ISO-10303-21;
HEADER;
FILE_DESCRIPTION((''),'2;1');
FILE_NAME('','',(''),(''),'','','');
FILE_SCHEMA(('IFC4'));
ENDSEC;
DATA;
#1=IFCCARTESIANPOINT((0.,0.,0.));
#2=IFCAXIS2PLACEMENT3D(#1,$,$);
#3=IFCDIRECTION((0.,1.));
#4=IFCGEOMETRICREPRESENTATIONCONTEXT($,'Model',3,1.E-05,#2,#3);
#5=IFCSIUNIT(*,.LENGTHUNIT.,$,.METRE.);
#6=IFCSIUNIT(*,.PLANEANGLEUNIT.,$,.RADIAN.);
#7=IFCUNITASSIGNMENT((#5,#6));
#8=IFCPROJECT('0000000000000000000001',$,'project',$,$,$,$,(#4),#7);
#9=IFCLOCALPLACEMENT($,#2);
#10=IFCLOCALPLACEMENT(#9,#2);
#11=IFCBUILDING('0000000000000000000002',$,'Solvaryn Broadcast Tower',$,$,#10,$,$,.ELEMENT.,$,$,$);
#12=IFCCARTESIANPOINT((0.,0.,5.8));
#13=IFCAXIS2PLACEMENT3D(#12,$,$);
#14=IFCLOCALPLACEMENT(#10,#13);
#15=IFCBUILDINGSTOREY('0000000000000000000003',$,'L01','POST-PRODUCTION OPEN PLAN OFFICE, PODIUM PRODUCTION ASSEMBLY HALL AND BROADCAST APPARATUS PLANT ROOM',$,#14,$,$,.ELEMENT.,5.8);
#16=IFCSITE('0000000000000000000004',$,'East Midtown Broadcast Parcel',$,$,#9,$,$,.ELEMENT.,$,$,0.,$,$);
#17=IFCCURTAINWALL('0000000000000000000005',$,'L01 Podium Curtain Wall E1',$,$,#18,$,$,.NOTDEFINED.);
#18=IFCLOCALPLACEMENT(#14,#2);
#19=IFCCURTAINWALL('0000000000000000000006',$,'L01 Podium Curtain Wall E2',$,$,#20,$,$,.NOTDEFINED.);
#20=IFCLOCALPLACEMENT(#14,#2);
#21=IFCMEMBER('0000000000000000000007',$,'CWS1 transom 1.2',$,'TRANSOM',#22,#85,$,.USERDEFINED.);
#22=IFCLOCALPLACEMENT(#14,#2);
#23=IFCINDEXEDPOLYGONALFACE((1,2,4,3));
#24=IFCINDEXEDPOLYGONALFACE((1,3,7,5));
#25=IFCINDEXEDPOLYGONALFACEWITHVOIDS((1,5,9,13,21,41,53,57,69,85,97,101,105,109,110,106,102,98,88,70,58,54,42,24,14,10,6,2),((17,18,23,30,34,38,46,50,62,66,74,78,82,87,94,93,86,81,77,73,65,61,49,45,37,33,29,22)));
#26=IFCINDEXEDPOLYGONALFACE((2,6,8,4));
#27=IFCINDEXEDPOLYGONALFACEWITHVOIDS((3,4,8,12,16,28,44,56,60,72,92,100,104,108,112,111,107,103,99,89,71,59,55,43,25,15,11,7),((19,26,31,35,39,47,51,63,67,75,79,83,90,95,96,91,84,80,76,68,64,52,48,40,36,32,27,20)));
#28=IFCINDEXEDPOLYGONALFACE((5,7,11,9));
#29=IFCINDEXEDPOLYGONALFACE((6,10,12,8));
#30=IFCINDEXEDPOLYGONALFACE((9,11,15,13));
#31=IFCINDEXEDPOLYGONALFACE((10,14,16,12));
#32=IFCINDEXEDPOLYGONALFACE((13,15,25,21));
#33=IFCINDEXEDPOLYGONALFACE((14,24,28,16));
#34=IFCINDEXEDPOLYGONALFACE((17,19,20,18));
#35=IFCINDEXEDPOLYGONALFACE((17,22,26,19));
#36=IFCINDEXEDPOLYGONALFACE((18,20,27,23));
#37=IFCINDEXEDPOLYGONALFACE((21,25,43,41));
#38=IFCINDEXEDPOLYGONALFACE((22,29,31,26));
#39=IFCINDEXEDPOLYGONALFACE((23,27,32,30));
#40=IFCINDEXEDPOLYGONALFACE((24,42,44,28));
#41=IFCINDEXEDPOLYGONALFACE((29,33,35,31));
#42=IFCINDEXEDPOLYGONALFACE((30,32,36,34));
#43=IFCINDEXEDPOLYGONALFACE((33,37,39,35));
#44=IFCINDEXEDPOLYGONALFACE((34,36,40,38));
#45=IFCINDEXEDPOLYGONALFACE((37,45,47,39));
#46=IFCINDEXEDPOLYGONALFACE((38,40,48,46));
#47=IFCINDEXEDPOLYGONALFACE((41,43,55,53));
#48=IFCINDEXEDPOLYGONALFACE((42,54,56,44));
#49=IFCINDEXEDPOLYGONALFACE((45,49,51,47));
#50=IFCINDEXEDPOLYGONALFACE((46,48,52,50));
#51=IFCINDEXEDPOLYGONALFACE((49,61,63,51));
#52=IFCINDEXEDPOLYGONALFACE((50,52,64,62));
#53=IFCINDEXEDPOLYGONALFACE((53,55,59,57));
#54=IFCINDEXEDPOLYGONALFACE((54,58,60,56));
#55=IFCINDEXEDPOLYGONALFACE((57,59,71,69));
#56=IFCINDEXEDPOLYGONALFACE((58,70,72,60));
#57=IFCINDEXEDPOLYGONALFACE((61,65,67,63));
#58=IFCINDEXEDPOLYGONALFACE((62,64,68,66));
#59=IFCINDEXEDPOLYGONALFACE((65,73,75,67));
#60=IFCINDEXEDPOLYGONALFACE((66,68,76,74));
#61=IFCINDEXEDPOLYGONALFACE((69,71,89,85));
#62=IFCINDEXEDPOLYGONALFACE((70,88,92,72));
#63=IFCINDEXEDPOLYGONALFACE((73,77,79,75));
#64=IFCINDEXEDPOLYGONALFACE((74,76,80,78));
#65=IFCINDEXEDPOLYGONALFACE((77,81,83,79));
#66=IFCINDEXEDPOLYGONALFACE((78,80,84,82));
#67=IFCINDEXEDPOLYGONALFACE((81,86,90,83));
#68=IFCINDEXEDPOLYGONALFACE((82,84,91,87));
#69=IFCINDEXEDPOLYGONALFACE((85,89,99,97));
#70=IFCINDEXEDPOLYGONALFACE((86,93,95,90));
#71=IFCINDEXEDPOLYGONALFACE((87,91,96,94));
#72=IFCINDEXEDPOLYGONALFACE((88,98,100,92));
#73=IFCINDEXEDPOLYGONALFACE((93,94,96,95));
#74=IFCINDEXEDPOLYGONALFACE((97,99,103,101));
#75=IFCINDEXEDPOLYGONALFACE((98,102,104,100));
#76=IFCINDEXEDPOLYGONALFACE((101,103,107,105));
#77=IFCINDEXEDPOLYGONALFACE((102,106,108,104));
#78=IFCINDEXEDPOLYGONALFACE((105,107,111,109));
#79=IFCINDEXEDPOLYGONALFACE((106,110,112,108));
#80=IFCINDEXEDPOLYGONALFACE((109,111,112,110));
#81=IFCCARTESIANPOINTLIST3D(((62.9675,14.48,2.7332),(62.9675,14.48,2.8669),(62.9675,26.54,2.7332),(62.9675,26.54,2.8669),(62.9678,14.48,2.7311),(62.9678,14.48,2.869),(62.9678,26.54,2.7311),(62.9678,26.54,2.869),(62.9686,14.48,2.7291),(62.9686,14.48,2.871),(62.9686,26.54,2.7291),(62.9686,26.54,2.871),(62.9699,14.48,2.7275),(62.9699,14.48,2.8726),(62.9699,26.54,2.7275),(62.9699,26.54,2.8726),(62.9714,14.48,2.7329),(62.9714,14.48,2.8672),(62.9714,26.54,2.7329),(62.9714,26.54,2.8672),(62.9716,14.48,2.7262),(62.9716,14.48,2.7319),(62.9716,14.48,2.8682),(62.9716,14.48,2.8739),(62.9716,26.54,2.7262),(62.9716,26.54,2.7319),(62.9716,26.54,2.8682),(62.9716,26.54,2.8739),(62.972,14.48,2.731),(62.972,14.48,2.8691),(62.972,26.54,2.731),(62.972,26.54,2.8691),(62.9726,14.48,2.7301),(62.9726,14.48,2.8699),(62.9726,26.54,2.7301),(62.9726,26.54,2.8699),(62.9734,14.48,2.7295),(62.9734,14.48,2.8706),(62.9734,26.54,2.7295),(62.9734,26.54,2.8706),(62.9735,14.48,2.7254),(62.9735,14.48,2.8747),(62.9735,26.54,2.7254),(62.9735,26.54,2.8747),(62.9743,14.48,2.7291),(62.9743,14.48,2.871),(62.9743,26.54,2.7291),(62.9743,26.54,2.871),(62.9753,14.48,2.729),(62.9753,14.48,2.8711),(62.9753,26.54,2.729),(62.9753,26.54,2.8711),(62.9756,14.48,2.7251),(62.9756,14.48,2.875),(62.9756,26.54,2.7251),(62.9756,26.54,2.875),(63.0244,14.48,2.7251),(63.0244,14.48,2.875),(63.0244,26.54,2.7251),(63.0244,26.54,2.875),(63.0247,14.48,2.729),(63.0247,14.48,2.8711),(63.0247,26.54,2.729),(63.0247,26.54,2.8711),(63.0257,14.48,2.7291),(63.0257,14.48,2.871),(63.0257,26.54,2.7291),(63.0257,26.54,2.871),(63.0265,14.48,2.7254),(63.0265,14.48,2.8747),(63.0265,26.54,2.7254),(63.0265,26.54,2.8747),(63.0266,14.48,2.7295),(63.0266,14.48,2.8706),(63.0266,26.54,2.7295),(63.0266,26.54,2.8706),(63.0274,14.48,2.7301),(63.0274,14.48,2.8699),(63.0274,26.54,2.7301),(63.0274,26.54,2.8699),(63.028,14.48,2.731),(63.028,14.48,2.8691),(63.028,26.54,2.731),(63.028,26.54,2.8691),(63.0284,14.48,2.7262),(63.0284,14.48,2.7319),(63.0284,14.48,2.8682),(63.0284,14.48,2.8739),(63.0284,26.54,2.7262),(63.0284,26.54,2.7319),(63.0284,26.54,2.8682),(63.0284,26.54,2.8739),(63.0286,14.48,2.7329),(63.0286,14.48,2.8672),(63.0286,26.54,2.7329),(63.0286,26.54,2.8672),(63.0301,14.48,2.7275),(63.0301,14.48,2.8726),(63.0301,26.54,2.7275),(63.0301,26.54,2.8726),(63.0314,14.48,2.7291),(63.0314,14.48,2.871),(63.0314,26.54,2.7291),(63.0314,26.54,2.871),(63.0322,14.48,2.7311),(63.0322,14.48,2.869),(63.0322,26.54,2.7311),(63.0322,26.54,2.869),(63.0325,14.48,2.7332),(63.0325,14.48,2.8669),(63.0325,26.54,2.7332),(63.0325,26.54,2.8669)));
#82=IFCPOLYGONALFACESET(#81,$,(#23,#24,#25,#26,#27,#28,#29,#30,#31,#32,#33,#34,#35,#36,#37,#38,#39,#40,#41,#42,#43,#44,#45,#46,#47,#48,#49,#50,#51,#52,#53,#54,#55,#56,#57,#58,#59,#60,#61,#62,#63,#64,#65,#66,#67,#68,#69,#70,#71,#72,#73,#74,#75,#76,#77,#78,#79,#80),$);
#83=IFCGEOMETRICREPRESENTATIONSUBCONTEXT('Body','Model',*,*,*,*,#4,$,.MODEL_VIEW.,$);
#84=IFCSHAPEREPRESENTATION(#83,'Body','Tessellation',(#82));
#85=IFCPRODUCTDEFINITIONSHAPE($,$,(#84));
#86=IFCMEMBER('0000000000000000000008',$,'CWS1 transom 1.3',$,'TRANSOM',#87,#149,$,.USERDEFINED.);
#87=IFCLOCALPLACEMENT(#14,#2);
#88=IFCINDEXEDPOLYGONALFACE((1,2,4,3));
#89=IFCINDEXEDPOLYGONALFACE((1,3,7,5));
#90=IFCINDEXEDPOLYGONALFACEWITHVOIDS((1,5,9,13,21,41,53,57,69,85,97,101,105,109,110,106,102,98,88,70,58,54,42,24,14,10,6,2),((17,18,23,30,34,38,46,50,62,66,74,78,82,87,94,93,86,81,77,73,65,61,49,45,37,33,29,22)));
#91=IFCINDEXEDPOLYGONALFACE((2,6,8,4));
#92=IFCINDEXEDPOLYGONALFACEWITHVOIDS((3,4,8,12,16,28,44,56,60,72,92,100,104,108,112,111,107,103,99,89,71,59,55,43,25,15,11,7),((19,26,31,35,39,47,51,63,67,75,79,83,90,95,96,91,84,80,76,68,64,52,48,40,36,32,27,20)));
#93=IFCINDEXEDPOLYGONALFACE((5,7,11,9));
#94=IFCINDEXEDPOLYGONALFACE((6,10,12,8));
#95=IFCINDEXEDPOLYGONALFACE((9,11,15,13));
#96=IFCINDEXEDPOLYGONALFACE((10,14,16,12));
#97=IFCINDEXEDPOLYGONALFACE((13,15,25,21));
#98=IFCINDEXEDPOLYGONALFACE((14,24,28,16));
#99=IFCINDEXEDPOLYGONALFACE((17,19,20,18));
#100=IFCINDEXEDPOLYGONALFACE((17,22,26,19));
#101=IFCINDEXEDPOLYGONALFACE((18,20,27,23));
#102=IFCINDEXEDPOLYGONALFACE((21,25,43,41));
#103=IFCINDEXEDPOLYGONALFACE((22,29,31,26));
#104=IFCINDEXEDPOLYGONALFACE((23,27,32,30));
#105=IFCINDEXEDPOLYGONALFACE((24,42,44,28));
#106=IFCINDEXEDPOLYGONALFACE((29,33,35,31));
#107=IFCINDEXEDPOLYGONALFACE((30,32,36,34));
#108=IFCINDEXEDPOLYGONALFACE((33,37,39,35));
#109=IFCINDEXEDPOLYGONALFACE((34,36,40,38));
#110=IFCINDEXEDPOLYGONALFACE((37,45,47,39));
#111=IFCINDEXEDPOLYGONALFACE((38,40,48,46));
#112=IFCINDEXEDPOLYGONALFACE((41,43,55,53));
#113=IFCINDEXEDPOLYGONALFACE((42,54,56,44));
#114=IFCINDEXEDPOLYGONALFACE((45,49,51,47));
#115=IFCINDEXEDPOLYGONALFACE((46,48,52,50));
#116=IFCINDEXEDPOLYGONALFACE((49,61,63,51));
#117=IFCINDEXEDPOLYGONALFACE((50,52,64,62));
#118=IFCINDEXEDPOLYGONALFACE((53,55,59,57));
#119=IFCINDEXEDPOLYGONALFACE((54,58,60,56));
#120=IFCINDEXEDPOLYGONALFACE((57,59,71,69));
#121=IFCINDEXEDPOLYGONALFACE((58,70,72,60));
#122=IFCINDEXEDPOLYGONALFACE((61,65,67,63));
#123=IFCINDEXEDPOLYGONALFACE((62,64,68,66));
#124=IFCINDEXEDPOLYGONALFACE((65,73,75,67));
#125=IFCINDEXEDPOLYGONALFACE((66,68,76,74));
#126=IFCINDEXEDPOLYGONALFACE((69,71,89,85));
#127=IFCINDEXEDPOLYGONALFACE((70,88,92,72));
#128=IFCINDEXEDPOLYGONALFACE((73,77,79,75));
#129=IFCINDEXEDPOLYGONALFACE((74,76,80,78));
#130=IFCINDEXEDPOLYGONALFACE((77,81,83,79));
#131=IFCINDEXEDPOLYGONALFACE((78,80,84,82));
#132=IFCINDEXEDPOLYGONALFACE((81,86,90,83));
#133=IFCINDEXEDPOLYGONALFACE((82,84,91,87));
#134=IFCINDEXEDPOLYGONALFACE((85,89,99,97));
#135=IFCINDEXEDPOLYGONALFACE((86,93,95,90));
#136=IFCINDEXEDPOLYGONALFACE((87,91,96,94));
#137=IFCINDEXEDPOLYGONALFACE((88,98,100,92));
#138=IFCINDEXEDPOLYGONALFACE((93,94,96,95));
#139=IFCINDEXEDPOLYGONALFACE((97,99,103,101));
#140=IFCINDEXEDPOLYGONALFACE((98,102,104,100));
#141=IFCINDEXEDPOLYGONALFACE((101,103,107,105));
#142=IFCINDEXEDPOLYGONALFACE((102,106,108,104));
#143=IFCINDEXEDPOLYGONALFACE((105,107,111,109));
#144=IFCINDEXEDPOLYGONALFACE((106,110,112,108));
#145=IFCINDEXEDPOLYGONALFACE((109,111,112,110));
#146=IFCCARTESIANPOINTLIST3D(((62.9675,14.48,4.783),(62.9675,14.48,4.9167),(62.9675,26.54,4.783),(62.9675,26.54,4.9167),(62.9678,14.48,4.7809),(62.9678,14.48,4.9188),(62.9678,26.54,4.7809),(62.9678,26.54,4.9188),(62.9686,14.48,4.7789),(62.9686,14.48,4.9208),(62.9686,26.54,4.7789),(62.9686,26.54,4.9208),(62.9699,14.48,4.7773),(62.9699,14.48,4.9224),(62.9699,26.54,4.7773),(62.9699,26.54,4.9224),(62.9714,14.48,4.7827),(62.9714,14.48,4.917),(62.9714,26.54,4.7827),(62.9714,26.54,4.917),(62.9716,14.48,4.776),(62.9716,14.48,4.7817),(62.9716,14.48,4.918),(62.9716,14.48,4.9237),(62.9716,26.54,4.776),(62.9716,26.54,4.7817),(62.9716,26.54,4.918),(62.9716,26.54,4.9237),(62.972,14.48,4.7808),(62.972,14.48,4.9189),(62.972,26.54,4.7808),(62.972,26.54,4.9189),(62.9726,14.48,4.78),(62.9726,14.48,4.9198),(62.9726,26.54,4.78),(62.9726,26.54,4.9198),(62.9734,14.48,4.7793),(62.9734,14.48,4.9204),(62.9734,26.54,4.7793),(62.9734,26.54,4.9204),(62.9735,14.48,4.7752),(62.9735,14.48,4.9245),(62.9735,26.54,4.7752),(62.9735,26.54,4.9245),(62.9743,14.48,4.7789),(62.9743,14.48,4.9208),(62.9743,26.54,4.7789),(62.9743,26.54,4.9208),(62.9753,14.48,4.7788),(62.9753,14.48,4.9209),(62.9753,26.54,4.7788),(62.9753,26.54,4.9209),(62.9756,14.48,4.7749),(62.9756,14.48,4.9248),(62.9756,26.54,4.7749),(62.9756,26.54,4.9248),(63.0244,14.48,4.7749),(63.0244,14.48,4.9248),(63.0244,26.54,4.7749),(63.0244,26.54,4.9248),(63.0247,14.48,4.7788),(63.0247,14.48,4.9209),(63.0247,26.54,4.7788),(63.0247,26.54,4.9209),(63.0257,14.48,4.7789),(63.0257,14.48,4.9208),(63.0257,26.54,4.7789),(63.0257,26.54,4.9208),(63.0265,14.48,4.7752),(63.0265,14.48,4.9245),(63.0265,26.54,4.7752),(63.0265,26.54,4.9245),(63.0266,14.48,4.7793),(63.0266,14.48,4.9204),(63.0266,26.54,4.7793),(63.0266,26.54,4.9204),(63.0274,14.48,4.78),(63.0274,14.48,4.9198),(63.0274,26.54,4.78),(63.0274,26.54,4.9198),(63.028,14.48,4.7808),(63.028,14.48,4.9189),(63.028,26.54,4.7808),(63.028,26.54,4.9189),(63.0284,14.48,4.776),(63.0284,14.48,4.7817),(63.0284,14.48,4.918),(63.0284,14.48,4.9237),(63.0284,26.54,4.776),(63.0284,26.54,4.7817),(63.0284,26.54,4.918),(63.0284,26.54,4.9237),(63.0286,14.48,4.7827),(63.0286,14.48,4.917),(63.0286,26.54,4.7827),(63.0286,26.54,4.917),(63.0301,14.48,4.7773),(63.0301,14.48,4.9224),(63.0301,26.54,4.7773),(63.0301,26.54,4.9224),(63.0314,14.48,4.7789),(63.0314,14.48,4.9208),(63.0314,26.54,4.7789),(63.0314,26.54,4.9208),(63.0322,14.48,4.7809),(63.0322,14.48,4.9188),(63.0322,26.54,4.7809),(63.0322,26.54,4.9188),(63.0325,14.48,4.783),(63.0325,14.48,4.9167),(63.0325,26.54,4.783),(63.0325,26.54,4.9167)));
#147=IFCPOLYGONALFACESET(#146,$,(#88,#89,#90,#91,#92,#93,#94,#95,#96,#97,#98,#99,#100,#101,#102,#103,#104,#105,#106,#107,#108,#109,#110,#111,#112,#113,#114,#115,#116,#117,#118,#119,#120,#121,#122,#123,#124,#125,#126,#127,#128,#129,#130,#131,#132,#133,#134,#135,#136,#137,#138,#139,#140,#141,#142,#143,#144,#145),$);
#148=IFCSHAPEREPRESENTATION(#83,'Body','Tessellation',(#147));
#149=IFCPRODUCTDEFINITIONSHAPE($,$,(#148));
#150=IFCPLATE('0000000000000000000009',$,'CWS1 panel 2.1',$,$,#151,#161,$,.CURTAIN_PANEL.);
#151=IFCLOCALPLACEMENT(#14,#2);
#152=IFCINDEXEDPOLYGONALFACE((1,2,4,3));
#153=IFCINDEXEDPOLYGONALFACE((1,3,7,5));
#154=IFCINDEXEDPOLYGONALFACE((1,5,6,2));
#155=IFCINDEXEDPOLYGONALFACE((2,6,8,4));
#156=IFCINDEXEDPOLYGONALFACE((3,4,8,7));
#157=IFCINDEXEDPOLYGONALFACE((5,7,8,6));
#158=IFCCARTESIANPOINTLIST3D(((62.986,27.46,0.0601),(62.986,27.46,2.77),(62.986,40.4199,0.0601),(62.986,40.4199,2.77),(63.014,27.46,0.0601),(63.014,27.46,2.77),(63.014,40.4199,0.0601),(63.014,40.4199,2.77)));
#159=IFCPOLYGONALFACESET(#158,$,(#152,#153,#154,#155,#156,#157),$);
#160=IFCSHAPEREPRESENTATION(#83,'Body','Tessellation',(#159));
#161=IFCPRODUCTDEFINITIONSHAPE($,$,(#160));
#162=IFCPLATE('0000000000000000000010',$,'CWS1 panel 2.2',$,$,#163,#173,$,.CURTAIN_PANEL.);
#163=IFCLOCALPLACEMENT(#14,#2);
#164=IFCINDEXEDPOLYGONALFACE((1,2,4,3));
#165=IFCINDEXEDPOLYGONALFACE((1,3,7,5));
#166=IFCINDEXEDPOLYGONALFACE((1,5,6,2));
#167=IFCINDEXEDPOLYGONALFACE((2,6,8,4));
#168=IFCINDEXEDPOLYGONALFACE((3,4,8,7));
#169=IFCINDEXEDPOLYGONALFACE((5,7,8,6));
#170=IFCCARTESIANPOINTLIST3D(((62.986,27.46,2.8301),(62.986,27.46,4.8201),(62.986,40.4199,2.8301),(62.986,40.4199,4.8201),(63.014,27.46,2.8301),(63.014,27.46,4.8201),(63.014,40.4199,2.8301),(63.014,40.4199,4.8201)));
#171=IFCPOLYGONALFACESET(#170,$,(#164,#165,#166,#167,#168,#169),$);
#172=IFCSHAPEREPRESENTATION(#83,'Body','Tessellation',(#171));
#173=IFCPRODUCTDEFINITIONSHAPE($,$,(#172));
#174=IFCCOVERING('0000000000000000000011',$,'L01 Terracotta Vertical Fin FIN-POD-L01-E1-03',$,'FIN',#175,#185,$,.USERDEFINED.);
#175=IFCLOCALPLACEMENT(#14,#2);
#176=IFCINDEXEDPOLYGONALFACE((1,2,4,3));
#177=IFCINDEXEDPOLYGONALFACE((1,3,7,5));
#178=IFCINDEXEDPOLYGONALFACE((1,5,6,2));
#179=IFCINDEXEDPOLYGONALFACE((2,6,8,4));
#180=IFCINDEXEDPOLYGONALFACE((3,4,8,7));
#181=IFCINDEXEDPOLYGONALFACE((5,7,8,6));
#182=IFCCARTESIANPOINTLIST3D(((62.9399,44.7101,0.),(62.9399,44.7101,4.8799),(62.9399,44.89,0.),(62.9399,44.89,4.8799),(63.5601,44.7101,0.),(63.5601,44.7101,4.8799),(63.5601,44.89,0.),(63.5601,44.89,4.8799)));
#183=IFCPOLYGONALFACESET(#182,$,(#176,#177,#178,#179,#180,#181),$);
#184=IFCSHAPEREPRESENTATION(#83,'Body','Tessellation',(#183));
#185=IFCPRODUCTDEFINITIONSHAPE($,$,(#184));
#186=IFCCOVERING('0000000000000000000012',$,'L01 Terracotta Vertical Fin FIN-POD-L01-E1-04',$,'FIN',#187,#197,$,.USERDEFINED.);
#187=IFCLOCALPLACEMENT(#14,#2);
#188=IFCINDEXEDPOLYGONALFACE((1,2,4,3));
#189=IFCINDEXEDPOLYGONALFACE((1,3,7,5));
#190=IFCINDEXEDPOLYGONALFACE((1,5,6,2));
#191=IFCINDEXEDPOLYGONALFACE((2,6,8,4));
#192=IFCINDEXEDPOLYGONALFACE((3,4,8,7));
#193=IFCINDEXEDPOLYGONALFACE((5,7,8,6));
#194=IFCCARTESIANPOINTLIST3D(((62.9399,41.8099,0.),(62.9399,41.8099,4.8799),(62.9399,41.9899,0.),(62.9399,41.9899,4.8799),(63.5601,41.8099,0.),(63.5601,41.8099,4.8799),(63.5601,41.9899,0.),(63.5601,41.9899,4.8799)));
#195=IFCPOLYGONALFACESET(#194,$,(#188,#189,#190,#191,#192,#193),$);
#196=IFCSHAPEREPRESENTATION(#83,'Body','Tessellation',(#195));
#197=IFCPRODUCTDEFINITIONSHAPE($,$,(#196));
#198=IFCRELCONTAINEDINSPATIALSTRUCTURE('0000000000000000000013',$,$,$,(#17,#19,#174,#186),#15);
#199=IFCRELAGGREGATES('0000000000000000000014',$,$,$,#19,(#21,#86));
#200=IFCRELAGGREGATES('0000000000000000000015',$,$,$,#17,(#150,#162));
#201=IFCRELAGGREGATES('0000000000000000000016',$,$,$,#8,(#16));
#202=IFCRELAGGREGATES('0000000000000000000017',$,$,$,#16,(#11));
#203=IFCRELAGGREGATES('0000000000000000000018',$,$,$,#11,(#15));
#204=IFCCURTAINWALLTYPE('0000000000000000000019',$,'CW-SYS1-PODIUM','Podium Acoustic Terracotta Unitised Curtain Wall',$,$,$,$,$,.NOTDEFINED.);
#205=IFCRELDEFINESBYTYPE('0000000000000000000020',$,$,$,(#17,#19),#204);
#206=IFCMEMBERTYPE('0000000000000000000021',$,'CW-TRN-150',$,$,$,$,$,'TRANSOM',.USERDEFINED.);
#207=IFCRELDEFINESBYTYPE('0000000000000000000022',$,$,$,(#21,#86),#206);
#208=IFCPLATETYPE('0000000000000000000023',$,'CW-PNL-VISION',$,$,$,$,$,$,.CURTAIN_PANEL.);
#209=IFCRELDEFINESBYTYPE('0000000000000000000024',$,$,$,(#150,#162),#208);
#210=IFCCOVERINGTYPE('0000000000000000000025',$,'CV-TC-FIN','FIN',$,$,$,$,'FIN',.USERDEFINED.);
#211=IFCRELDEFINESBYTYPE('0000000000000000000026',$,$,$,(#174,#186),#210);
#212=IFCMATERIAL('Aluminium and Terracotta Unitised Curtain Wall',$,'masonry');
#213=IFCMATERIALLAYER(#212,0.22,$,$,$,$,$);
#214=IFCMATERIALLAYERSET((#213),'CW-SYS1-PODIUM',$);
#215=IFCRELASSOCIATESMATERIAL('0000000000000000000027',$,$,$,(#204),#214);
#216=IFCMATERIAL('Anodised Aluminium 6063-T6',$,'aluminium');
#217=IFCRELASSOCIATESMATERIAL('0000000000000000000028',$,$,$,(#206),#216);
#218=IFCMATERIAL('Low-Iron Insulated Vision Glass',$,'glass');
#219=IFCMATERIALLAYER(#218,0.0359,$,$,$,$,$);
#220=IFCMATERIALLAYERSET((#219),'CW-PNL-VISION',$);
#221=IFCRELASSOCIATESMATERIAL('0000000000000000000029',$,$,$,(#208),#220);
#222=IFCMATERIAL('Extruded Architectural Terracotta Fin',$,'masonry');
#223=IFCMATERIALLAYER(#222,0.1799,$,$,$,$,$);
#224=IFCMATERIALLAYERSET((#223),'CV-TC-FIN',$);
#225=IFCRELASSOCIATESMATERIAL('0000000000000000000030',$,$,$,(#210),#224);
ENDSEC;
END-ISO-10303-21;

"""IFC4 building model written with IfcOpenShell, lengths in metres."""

from ifc_helpers import new_model, si_unit, direction, frame, origin, origin_2d, place, context, subcontext, project, spatial, rectangle, hollow_rectangle, extrude, material, layer, layer_set, material_profile, profile_set, type_object, element, aggregate, save


model = new_model("IFC4")

# Units and contexts
model_context = context("Model", 3, precision=1e-05, world=origin(), true_north=direction((0.0, 1.0)))
body_context = subcontext(model_context, "Body", "Model", "MODEL_VIEW")
ifc_project = project(units=[si_unit("LENGTHUNIT", "METRE"), si_unit("PLANEANGLEUNIT", "RADIAN")], contexts=[model_context])

# Site, building, storey
site_placement = place(None, origin())
site = spatial("IfcSite", under=ifc_project, at=site_placement, Name="East Midtown Broadcast Parcel", CompositionType="ELEMENT", RefElevation=0.0)
building_placement = place(site_placement, origin())
building = spatial("IfcBuilding", under=site, at=building_placement, Name="Solvaryn Broadcast Tower", CompositionType="ELEMENT")
storey_placement = place(building_placement, frame((0.0, 0.0, 5.8)))
storey = spatial("IfcBuildingStorey", under=building, at=storey_placement, Name="L01", Description="POST-PRODUCTION OPEN PLAN OFFICE, PODIUM PRODUCTION ASSEMBLY HALL AND BROADCAST APPARATUS PLANT ROOM", CompositionType="ELEMENT", Elevation=5.8)

# Curtain wall
ifc_material_1 = material(Name="Aluminium and Terracotta Unitised Curtain Wall", Category="masonry")
ifc_layer_1 = layer(ifc_material_1, 0.22)
ifc_layer_set_1 = layer_set([ifc_layer_1], Name="CW-SYS1-PODIUM")
curtain_wall_type = type_object("IfcCurtainWallType", Name="CW-SYS1-PODIUM", Description="Podium Acoustic Terracotta Unitised Curtain Wall", PredefinedType="NOTDEFINED", material=ifc_layer_set_1)
curtain_wall_1_placement = place(storey_placement, origin())
curtain_wall_1 = element("IfcCurtainWall", 1, at=curtain_wall_1_placement, inside=storey, type_object=curtain_wall_type, Name="L01 Podium Curtain Wall E1", PredefinedType="NOTDEFINED")

# Curtain wall
curtain_wall_2_placement = place(storey_placement, origin())
curtain_wall_2 = element("IfcCurtainWall", 2, at=curtain_wall_2_placement, inside=storey, type_object=curtain_wall_type, Name="L01 Podium Curtain Wall E2", PredefinedType="NOTDEFINED")

# Members
ifc_material_2 = material(Name="Anodised Aluminium 6063-T6", Category="aluminium")
ifc_material_profile_1 = material_profile(ifc_material_2, hollow_rectangle(XDim=0.0649, YDim=0.1499, WallThickness=0.0039, InnerFilletRadius=0.0039, OuterFilletRadius=0.0081, at=origin_2d()))
ifc_profile_set_1 = profile_set([ifc_material_profile_1], Name="Anodised Aluminium 6063-T6")
member_type_1 = type_object("IfcMemberType", Name="CW-TRN-150", ElementType="TRANSOM", PredefinedType="USERDEFINED", material=ifc_profile_set_1)
member_1_placement = place(storey_placement, frame((63.0, 26.54, 2.8), z_axis=(0.0, -1.0, 0.0), x_axis=(1.0, 0.0, 0.0)))
member_1 = element("IfcMember", 3, at=member_1_placement, type_object=member_type_1, Name="CWS1 transom 1.2", ObjectType="TRANSOM", PredefinedType="USERDEFINED", context=body_context, shape_type="SweptSolid", body=[
    extrude(hollow_rectangle(XDim=0.0649, YDim=0.1499, WallThickness=0.0039, InnerFilletRadius=0.0039, OuterFilletRadius=0.0081, at=origin_2d()), origin(), (0.0, 0.0, 1.0), 12.0601),
])
member_2_placement = place(storey_placement, frame((63.0, 26.54, 4.8499), z_axis=(0.0, -1.0, 0.0), x_axis=(1.0, 0.0, 0.0)))
member_2 = element("IfcMember", 4, at=member_2_placement, type_object=member_type_1, Name="CWS1 transom 1.3", ObjectType="TRANSOM", PredefinedType="USERDEFINED", context=body_context, shape_type="SweptSolid", body=[
    extrude(hollow_rectangle(XDim=0.0649, YDim=0.1499, WallThickness=0.0039, InnerFilletRadius=0.0039, OuterFilletRadius=0.0081, at=origin_2d()), origin(), (0.0, 0.0, 1.0), 12.0601),
])
aggregate(curtain_wall_2, [member_1, member_2])

# Plates
ifc_material_3 = material(Name="Low-Iron Insulated Vision Glass", Category="glass")
ifc_layer_2 = layer(ifc_material_3, 0.0359)
ifc_layer_set_2 = layer_set([ifc_layer_2], Name="CW-PNL-VISION")
plate_type = type_object("IfcPlateType", Name="CW-PNL-VISION", PredefinedType="CURTAIN_PANEL", material=ifc_layer_set_2)
plate_1_placement = place(storey_placement, frame((63.0, 33.9399, 0.0601), z_axis=(0.0, 0.0, 1.0), x_axis=(0.0, -1.0, 0.0)))
plate_1 = element("IfcPlate", 5, at=plate_1_placement, type_object=plate_type, Name="CWS1 panel 2.1", PredefinedType="CURTAIN_PANEL", context=body_context, shape_type="SweptSolid", body=[
    extrude(rectangle(XDim=12.96, YDim=0.0281, at=origin_2d()), origin(), (0.0, 0.0, 1.0), 2.71),
])
plate_2_placement = place(storey_placement, frame((63.0, 33.9399, 2.8301), z_axis=(0.0, 0.0, 1.0), x_axis=(0.0, -1.0, 0.0)))
plate_2 = element("IfcPlate", 6, at=plate_2_placement, type_object=plate_type, Name="CWS1 panel 2.2", PredefinedType="CURTAIN_PANEL", context=body_context, shape_type="SweptSolid", body=[
    extrude(rectangle(XDim=12.96, YDim=0.0281, at=origin_2d()), origin(), (0.0, 0.0, 1.0), 1.99),
])
aggregate(curtain_wall_1, [plate_1, plate_2])

# Coverings
ifc_material_4 = material(Name="Extruded Architectural Terracotta Fin", Category="masonry")
ifc_layer_3 = layer(ifc_material_4, 0.1799)
ifc_layer_set_3 = layer_set([ifc_layer_3], Name="CV-TC-FIN")
covering_type = type_object("IfcCoveringType", Name="CV-TC-FIN", Description="FIN", ElementType="FIN", PredefinedType="USERDEFINED", material=ifc_layer_set_3)
for number, where, z_axis, x_axis, name in (
    (7, (63.25, 44.8, 0.0), (0.0, 0.0, 1.0), (1.0, 0.0, 0.0), "L01 Terracotta Vertical Fin FIN-POD-L01-E1-03"),
    (8, (63.25, 41.8999, 0.0), (0.0, 0.0, 1.0), (1.0, 0.0, 0.0), "L01 Terracotta Vertical Fin FIN-POD-L01-E1-04"),
):
    element("IfcCovering", number, at=place(storey_placement, frame(where, z_axis=z_axis, x_axis=x_axis)), inside=storey, type_object=covering_type, Name=name, ObjectType="FIN", PredefinedType="USERDEFINED", context=body_context, shape_type="SweptSolid", body=[
        extrude(rectangle(XDim=0.6201, YDim=0.1799, at=origin_2d()), origin(), (0.0, 0.0, 1.0), 4.8799),
    ])

save(model, "model.ifc")
